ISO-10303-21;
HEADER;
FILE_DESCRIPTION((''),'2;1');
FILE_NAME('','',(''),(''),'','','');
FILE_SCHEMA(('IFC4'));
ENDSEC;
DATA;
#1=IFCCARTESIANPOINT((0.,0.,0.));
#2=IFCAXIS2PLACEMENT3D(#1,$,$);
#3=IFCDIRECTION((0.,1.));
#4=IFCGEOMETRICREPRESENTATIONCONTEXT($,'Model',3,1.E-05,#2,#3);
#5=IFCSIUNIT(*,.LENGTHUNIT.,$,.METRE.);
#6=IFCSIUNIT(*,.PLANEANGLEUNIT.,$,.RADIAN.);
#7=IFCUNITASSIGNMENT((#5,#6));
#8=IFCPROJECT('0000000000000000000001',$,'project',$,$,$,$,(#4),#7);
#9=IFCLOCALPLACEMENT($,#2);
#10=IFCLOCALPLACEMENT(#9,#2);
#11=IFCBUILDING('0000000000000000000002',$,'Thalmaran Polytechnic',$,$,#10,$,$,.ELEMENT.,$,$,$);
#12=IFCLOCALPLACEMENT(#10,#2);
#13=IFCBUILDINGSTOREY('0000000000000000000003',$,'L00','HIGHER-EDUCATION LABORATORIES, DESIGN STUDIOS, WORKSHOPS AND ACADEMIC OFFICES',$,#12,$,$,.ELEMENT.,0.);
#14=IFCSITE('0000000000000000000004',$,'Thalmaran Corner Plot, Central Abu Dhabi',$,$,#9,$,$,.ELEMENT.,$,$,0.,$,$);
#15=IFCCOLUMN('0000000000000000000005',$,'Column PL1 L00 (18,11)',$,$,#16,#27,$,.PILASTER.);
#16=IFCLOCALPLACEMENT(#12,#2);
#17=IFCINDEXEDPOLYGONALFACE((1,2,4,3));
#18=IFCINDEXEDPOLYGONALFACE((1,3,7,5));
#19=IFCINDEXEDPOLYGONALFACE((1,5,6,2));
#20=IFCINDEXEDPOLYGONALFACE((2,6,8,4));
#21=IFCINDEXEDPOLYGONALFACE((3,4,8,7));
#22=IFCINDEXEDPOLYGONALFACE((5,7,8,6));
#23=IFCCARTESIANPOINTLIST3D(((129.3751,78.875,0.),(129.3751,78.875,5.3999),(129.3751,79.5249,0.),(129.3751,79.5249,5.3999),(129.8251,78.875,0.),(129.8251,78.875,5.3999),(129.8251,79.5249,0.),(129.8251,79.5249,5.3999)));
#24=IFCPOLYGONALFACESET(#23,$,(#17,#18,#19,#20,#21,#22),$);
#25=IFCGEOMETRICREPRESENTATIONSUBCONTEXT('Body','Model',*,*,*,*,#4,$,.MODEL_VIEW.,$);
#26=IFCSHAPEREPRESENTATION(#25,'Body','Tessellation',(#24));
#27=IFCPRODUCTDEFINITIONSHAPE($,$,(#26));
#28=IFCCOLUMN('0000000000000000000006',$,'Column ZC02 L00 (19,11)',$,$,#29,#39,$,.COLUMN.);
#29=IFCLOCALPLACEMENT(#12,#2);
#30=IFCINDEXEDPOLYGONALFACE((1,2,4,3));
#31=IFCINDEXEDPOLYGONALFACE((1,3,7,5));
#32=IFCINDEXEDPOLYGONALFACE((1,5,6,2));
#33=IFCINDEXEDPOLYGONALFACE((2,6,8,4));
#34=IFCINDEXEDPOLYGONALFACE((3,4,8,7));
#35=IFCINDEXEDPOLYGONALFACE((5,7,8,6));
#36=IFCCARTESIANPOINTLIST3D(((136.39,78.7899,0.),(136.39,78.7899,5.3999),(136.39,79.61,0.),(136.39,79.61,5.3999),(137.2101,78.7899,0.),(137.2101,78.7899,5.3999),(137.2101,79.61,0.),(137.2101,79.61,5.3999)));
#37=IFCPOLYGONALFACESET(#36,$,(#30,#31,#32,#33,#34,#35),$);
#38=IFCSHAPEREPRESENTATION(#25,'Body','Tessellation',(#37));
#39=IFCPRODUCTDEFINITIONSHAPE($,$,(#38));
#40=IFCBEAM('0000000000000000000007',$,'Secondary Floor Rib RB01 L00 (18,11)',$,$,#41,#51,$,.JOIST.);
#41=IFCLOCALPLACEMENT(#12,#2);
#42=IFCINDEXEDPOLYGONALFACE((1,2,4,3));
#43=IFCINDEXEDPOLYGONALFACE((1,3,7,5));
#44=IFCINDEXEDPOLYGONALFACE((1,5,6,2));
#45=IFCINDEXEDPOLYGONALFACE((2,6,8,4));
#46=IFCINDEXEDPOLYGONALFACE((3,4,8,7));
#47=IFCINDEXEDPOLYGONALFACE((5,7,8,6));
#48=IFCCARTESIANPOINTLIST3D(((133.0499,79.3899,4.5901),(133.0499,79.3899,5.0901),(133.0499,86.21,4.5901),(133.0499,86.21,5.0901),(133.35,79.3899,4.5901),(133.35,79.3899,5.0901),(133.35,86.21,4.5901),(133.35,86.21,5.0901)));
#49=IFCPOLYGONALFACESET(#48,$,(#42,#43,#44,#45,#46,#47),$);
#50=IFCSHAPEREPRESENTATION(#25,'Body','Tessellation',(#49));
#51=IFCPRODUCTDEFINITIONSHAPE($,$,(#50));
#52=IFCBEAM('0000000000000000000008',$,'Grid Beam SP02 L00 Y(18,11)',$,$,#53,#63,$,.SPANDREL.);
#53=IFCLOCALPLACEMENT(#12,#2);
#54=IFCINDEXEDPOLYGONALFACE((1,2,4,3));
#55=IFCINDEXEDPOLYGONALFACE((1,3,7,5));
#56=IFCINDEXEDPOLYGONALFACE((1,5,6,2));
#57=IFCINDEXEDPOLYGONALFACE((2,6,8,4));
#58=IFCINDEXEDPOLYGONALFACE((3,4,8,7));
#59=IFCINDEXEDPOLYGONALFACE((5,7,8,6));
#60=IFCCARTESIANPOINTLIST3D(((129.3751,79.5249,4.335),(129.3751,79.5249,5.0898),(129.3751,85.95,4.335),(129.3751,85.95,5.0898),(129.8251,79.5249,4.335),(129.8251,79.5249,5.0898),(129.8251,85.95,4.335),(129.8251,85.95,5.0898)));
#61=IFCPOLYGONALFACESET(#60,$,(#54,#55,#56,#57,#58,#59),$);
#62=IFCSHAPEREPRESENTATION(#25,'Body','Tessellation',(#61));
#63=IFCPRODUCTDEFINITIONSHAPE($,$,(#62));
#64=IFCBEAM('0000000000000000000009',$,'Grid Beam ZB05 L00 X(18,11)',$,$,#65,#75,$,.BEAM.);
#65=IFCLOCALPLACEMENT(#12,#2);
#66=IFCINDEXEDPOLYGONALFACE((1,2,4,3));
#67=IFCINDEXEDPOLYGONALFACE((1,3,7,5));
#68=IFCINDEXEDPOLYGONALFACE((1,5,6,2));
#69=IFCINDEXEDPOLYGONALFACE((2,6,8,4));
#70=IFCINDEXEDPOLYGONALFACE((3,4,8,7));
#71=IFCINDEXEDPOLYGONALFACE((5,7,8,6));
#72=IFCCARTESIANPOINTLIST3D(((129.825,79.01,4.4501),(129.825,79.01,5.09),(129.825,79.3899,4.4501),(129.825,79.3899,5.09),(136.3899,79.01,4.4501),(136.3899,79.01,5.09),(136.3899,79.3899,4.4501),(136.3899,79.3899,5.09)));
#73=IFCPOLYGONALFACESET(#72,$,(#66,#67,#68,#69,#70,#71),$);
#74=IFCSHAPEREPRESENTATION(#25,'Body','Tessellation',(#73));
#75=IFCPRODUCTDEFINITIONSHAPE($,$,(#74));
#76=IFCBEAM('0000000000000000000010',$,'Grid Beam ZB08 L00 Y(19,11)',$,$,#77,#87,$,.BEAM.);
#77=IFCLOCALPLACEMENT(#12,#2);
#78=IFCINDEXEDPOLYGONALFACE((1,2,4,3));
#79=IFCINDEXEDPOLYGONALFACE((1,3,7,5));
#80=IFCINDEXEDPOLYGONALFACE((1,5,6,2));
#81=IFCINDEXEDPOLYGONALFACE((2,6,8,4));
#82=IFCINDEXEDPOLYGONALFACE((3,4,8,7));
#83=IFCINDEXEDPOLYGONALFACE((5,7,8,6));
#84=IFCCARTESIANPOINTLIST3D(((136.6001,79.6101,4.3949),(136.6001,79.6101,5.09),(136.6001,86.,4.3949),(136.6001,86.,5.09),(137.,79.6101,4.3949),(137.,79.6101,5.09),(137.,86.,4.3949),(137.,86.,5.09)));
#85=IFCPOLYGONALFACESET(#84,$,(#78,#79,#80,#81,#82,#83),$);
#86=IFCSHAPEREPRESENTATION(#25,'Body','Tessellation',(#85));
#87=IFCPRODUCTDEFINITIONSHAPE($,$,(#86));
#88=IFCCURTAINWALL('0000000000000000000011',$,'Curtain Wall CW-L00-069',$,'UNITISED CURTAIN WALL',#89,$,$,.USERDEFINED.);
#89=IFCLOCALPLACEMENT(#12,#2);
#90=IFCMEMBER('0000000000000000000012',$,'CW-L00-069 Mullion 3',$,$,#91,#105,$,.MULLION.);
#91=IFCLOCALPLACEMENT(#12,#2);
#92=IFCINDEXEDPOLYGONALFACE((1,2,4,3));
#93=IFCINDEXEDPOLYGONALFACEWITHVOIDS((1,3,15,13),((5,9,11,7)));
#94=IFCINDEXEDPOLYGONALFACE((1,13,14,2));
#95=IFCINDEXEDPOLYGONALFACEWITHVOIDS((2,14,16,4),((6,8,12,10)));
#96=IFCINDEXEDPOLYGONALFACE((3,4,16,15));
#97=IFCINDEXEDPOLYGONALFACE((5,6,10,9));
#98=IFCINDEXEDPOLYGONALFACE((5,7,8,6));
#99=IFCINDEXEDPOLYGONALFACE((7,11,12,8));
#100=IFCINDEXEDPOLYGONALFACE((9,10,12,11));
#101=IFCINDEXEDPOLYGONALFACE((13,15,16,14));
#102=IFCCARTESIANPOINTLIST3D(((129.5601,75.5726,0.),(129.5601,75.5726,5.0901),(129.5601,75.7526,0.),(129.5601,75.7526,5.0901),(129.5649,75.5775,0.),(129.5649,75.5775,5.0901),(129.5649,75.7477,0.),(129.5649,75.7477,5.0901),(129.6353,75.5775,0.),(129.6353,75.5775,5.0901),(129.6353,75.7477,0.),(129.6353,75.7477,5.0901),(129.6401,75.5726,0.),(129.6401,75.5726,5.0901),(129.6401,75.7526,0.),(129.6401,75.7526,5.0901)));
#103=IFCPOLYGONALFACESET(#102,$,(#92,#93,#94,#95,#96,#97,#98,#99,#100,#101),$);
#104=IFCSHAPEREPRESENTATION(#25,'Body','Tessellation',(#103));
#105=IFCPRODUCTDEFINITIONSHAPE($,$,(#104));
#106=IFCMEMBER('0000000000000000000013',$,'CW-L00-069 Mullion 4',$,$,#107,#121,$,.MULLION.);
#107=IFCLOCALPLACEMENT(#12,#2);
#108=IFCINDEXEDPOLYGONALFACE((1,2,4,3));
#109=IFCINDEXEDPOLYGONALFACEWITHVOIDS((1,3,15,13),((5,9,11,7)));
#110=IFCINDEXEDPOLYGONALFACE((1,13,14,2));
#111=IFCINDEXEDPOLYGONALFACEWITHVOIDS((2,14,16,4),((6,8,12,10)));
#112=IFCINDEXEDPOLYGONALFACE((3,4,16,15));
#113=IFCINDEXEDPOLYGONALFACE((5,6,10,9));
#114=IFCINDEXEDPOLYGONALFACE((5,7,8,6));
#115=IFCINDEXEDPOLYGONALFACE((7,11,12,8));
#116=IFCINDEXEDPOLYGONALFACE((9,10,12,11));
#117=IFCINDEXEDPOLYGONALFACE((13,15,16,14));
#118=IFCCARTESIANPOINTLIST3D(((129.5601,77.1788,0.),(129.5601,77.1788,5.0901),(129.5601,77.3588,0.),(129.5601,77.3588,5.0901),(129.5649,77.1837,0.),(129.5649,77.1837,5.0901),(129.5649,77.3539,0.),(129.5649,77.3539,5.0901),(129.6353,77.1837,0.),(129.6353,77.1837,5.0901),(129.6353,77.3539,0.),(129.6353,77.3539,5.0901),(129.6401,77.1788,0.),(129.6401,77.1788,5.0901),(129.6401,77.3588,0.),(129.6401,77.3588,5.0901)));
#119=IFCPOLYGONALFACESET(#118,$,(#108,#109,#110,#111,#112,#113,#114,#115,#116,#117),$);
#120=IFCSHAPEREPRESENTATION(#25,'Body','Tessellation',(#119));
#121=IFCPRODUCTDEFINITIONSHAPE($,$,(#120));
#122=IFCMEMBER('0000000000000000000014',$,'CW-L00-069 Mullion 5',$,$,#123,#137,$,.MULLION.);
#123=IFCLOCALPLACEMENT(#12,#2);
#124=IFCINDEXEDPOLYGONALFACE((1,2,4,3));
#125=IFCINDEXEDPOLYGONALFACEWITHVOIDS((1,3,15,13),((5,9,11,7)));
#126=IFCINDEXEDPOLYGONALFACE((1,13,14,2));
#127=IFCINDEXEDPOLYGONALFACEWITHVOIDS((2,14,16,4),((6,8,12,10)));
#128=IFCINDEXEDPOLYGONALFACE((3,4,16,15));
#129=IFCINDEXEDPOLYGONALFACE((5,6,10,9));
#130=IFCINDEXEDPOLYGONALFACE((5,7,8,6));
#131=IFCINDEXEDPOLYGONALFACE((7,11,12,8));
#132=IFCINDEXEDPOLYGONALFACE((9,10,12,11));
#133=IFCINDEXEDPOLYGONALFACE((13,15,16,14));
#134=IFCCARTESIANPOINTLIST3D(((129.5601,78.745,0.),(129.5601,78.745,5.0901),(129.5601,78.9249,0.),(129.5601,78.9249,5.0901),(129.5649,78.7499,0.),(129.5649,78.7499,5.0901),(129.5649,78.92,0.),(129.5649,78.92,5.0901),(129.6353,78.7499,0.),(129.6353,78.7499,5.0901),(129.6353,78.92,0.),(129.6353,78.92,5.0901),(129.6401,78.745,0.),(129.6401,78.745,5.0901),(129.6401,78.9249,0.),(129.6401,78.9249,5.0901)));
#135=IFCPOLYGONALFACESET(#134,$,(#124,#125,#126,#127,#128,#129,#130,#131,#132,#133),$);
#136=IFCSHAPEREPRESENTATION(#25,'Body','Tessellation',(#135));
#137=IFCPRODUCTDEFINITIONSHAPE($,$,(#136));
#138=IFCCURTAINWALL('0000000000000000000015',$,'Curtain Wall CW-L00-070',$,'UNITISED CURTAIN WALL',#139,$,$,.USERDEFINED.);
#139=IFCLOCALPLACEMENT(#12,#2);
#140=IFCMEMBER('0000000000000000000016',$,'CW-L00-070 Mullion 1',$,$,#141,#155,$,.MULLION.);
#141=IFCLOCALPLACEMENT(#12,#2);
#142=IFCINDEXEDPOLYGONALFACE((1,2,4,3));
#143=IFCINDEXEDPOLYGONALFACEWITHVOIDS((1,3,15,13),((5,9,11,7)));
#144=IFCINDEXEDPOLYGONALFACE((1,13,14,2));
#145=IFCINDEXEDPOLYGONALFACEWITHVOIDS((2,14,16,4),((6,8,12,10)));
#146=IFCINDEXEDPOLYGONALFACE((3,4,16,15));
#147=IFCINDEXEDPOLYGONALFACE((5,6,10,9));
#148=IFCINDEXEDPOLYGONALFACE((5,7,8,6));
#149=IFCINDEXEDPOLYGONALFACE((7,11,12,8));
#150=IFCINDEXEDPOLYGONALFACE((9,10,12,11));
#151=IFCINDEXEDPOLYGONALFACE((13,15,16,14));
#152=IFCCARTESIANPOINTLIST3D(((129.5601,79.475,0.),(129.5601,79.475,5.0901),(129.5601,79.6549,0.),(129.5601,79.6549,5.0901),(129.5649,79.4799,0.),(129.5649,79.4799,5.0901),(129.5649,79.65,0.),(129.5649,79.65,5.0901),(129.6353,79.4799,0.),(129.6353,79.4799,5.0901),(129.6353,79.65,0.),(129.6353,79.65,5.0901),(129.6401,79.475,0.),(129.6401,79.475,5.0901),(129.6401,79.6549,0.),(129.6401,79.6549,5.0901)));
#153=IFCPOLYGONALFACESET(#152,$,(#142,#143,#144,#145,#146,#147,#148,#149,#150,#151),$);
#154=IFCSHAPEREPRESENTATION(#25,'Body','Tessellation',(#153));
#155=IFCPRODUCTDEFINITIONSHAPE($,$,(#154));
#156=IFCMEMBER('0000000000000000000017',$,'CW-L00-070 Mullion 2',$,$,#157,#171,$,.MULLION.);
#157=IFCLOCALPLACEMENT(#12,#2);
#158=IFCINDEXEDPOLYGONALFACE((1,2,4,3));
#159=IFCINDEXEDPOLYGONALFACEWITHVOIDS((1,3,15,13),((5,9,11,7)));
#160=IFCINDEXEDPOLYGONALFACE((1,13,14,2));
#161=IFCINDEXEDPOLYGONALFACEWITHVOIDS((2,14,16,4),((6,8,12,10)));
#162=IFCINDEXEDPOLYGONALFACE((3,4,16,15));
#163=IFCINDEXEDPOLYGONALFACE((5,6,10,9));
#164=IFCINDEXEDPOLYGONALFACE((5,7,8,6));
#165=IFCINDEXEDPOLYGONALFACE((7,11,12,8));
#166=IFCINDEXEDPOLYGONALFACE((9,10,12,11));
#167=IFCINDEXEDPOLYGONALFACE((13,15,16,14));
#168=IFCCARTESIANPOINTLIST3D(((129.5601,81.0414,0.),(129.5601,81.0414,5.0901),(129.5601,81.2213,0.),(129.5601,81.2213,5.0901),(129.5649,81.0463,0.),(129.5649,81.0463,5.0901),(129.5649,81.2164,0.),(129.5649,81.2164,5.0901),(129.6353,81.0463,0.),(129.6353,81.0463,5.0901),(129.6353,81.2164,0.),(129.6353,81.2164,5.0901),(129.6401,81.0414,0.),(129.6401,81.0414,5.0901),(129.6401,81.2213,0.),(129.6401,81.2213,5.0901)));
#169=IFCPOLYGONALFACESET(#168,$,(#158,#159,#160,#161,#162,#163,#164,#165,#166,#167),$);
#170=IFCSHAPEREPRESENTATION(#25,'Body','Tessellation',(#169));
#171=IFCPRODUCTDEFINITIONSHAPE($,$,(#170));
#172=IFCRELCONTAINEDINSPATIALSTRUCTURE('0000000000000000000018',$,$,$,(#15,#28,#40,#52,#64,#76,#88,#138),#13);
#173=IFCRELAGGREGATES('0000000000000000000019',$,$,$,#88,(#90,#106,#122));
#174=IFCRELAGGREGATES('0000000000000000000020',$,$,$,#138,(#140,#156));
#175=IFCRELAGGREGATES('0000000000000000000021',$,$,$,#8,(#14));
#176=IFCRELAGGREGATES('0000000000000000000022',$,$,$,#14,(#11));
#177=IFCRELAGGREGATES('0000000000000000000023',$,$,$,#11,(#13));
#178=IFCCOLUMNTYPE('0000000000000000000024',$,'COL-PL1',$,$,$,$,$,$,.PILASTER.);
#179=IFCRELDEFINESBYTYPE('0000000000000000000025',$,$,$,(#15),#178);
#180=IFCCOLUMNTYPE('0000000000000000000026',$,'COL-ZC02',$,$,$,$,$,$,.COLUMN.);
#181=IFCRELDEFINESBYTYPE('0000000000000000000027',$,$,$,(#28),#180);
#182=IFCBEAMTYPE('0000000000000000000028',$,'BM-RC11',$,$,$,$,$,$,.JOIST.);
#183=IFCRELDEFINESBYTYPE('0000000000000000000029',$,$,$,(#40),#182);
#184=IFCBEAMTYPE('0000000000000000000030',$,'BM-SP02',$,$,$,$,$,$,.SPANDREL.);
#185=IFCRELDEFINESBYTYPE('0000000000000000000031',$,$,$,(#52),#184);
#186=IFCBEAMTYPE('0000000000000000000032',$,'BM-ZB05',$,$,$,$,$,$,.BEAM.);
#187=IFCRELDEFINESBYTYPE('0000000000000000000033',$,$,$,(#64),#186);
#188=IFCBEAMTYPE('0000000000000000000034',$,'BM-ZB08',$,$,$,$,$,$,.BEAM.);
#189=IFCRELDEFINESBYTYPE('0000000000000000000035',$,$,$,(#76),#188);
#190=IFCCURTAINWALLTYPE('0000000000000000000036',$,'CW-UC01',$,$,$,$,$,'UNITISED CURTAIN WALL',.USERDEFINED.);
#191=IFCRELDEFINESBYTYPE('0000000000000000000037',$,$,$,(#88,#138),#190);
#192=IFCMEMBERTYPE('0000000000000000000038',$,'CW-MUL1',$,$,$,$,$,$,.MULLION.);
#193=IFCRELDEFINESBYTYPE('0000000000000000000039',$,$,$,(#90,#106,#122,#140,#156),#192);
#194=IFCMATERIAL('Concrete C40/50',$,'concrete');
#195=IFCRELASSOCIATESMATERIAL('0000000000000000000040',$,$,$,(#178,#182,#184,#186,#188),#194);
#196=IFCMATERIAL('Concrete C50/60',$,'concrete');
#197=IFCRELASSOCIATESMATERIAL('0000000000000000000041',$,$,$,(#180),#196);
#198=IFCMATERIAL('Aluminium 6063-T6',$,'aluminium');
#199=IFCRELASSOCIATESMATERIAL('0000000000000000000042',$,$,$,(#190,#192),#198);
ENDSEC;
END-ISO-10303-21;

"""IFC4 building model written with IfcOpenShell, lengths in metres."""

from ifc_helpers import new_model, si_unit, direction, frame, origin, origin_2d, place, context, subcontext, project, spatial, rectangle, hollow_rectangle, extrude, material, material_profile, profile_set, type_object, element, aggregate, save


model = new_model("IFC4")

# Units and contexts
model_context = context("Model", 3, precision=1e-05, world=origin(), true_north=direction((0.0, 1.0)))
body_context = subcontext(model_context, "Body", "Model", "MODEL_VIEW")
ifc_project = project(units=[si_unit("LENGTHUNIT", "METRE"), si_unit("PLANEANGLEUNIT", "RADIAN")], contexts=[model_context])

# Site, building, storey
site_placement = place(None, origin())
site = spatial("IfcSite", under=ifc_project, at=site_placement, Name="Thalmaran Corner Plot, Central Abu Dhabi", CompositionType="ELEMENT", RefElevation=0.0)
building_placement = place(site_placement, origin())
building = spatial("IfcBuilding", under=site, at=building_placement, Name="Thalmaran Polytechnic", CompositionType="ELEMENT")
storey_placement = place(building_placement, origin())
storey = spatial("IfcBuildingStorey", under=building, at=storey_placement, Name="L00", Description="HIGHER-EDUCATION LABORATORIES, DESIGN STUDIOS, WORKSHOPS AND ACADEMIC OFFICES", CompositionType="ELEMENT", Elevation=0.0)

# Columns
ifc_material_1 = material(Name="Concrete C40/50", Category="concrete")
ifc_material_profile_1 = material_profile(ifc_material_1, rectangle(XDim=0.45, YDim=0.6499, at=origin_2d()), Name="RC 450x650")
ifc_profile_set_1 = profile_set([ifc_material_profile_1], Name="Concrete C40/50")
column_type_1 = type_object("IfcColumnType", Name="COL-PL1", PredefinedType="PILASTER", material=ifc_profile_set_1)
column_1_placement = place(storey_placement, frame((129.6001, 79.2, 0.0), z_axis=(0.0, 0.0, 1.0), x_axis=(1.0, 0.0, 0.0)))
element("IfcColumn", 1, at=column_1_placement, inside=storey, type_object=column_type_1, Name="Column PL1 L00 (18,11)", PredefinedType="PILASTER", context=body_context, shape_type="SweptSolid", body=[
    extrude(rectangle(XDim=0.45, YDim=0.6499, at=origin_2d()), origin(), (0.0, 0.0, 1.0), 5.3999),
])
ifc_material_2 = material(Name="Concrete C50/60", Category="concrete")
ifc_material_profile_2 = material_profile(ifc_material_2, rectangle(XDim=0.8201, YDim=0.8201, at=origin_2d()), Name="RC 820x820")
ifc_profile_set_2 = profile_set([ifc_material_profile_2], Name="Concrete C50/60")
column_type_2 = type_object("IfcColumnType", Name="COL-ZC02", PredefinedType="COLUMN", material=ifc_profile_set_2)
column_2_placement = place(storey_placement, frame((136.8, 79.2, 0.0), z_axis=(0.0, 0.0, 1.0), x_axis=(1.0, 0.0, 0.0)))
element("IfcColumn", 2, at=column_2_placement, inside=storey, type_object=column_type_2, Name="Column ZC02 L00 (19,11)", PredefinedType="COLUMN", context=body_context, shape_type="SweptSolid", body=[
    extrude(rectangle(XDim=0.8201, YDim=0.8201, at=origin_2d()), origin(), (0.0, 0.0, 1.0), 5.3999),
])

# Beams
ifc_material_profile_3 = material_profile(ifc_material_1, rectangle(XDim=0.3, YDim=0.5, at=origin_2d()), Name="RC 300x500")
ifc_profile_set_3 = profile_set([ifc_material_profile_3], Name="Concrete C40/50")
beam_type_1 = type_object("IfcBeamType", Name="BM-RC11", PredefinedType="JOIST", material=ifc_profile_set_3)
beam_1_placement = place(storey_placement, frame((133.2, 79.3899, 4.8401), z_axis=(0.0, 1.0, 0.0), x_axis=(-1.0, 0.0, 0.0)))
element("IfcBeam", 3, at=beam_1_placement, inside=storey, type_object=beam_type_1, Name="Secondary Floor Rib RB01 L00 (18,11)", PredefinedType="JOIST", context=body_context, shape_type="SweptSolid", body=[
    extrude(rectangle(XDim=0.3, YDim=0.5, at=origin_2d()), origin(), (0.0, 0.0, 1.0), 6.8201),
])
ifc_material_profile_4 = material_profile(ifc_material_1, rectangle(XDim=0.45, YDim=0.7549, at=origin_2d()), Name="RC 450x755")
ifc_profile_set_4 = profile_set([ifc_material_profile_4], Name="Concrete C40/50")
beam_type_2 = type_object("IfcBeamType", Name="BM-SP02", PredefinedType="SPANDREL", material=ifc_profile_set_4)
beam_2_placement = place(storey_placement, frame((129.6001, 79.5249, 4.7124), z_axis=(0.0, 1.0, 0.0), x_axis=(-1.0, 0.0, 0.0)))
element("IfcBeam", 4, at=beam_2_placement, inside=storey, type_object=beam_type_2, Name="Grid Beam SP02 L00 Y(18,11)", PredefinedType="SPANDREL", context=body_context, shape_type="SweptSolid", body=[
    extrude(rectangle(XDim=0.45, YDim=0.7549, at=origin_2d()), origin(), (0.0, 0.0, 1.0), 6.425),
])
ifc_material_profile_5 = material_profile(ifc_material_1, rectangle(XDim=0.3799, YDim=0.6399, at=origin_2d()), Name="RC 380x640")
ifc_profile_set_5 = profile_set([ifc_material_profile_5], Name="Concrete C40/50")
beam_type_3 = type_object("IfcBeamType", Name="BM-ZB05", PredefinedType="BEAM", material=ifc_profile_set_5)
beam_3_placement = place(storey_placement, frame((129.825, 79.2, 4.77), z_axis=(1.0, 0.0, 0.0), x_axis=(0.0, 1.0, 0.0)))
element("IfcBeam", 5, at=beam_3_placement, inside=storey, type_object=beam_type_3, Name="Grid Beam ZB05 L00 X(18,11)", PredefinedType="BEAM", context=body_context, shape_type="SweptSolid", body=[
    extrude(rectangle(XDim=0.3799, YDim=0.6399, at=origin_2d()), origin(), (0.0, 0.0, 1.0), 6.5649),
])
ifc_material_profile_6 = material_profile(ifc_material_1, rectangle(XDim=0.3999, YDim=0.6951, at=origin_2d()), Name="RC 400x695")
ifc_profile_set_6 = profile_set([ifc_material_profile_6], Name="Concrete C40/50")
beam_type_4 = type_object("IfcBeamType", Name="BM-ZB08", PredefinedType="BEAM", material=ifc_profile_set_6)
beam_4_placement = place(storey_placement, frame((136.8, 79.6101, 4.7424), z_axis=(0.0, 1.0, 0.0), x_axis=(-1.0, 0.0, 0.0)))
element("IfcBeam", 6, at=beam_4_placement, inside=storey, type_object=beam_type_4, Name="Grid Beam ZB08 L00 Y(19,11)", PredefinedType="BEAM", context=body_context, shape_type="SweptSolid", body=[
    extrude(rectangle(XDim=0.3999, YDim=0.6951, at=origin_2d()), origin(), (0.0, 0.0, 1.0), 6.3899),
])

# Curtain walls, members
ifc_material_3 = material(Name="Aluminium 6063-T6", Category="aluminium")
curtain_wall_type = type_object("IfcCurtainWallType", Name="CW-UC01", ElementType="UNITISED CURTAIN WALL", PredefinedType="USERDEFINED", material=ifc_material_3)
curtain_wall_1_placement = place(storey_placement, origin())
curtain_wall_1 = element("IfcCurtainWall", 7, at=curtain_wall_1_placement, inside=storey, type_object=curtain_wall_type, Name="Curtain Wall CW-L00-069", ObjectType="UNITISED CURTAIN WALL", PredefinedType="USERDEFINED")
ifc_material_profile_7 = material_profile(ifc_material_3, hollow_rectangle(XDim=0.0801, YDim=0.1799, WallThickness=0.0049, at=origin_2d()), Name="RHS 180x80x5.0")
ifc_profile_set_7 = profile_set([ifc_material_profile_7], Name="Aluminium 6063-T6")
member_type_1 = type_object("IfcMemberType", Name="CW-MUL1", PredefinedType="MULLION", material=ifc_profile_set_7)
member_1_placement = place(storey_placement, frame((129.6001, 75.6626, 0.0), z_axis=(0.0, 0.0, 1.0), x_axis=(1.0, 0.0, 0.0)))
member_1 = element("IfcMember", 8, at=member_1_placement, type_object=member_type_1, Name="CW-L00-069 Mullion 3", PredefinedType="MULLION", context=body_context, shape_type="SweptSolid", body=[
    extrude(hollow_rectangle(XDim=0.0801, YDim=0.1799, WallThickness=0.0049, at=origin_2d()), origin(), (0.0, 0.0, 1.0), 5.0901),
])
member_2_placement = place(storey_placement, frame((129.6001, 77.2688, 0.0), z_axis=(0.0, 0.0, 1.0), x_axis=(1.0, 0.0, 0.0)))
member_2 = element("IfcMember", 9, at=member_2_placement, type_object=member_type_1, Name="CW-L00-069 Mullion 4", PredefinedType="MULLION", context=body_context, shape_type="SweptSolid", body=[
    extrude(hollow_rectangle(XDim=0.0801, YDim=0.1799, WallThickness=0.0049, at=origin_2d()), origin(), (0.0, 0.0, 1.0), 5.0901),
])
member_3_placement = place(storey_placement, frame((129.6001, 78.835, 0.0), z_axis=(0.0, 0.0, 1.0), x_axis=(1.0, 0.0, 0.0)))
member_3 = element("IfcMember", 10, at=member_3_placement, type_object=member_type_1, Name="CW-L00-069 Mullion 5", PredefinedType="MULLION", context=body_context, shape_type="SweptSolid", body=[
    extrude(hollow_rectangle(XDim=0.0801, YDim=0.1799, WallThickness=0.0049, at=origin_2d()), origin(), (0.0, 0.0, 1.0), 5.0901),
])
curtain_wall_2_placement = place(storey_placement, origin())
curtain_wall_2 = element("IfcCurtainWall", 11, at=curtain_wall_2_placement, inside=storey, type_object=curtain_wall_type, Name="Curtain Wall CW-L00-070", ObjectType="UNITISED CURTAIN WALL", PredefinedType="USERDEFINED")
member_4_placement = place(storey_placement, frame((129.6001, 79.5649, 0.0), z_axis=(0.0, 0.0, 1.0), x_axis=(1.0, 0.0, 0.0)))
member_4 = element("IfcMember", 12, at=member_4_placement, type_object=member_type_1, Name="CW-L00-070 Mullion 1", PredefinedType="MULLION", context=body_context, shape_type="SweptSolid", body=[
    extrude(hollow_rectangle(XDim=0.0801, YDim=0.1799, WallThickness=0.0049, at=origin_2d()), origin(), (0.0, 0.0, 1.0), 5.0901),
])
member_5_placement = place(storey_placement, frame((129.6001, 81.1313, 0.0), z_axis=(0.0, 0.0, 1.0), x_axis=(1.0, 0.0, 0.0)))
member_5 = element("IfcMember", 13, at=member_5_placement, type_object=member_type_1, Name="CW-L00-070 Mullion 2", PredefinedType="MULLION", context=body_context, shape_type="SweptSolid", body=[
    extrude(hollow_rectangle(XDim=0.0801, YDim=0.1799, WallThickness=0.0049, at=origin_2d()), origin(), (0.0, 0.0, 1.0), 5.0901),
])

aggregate(curtain_wall_1, [member_1, member_2, member_3])
aggregate(curtain_wall_2, [member_4, member_5])

save(model, "model.ifc")
